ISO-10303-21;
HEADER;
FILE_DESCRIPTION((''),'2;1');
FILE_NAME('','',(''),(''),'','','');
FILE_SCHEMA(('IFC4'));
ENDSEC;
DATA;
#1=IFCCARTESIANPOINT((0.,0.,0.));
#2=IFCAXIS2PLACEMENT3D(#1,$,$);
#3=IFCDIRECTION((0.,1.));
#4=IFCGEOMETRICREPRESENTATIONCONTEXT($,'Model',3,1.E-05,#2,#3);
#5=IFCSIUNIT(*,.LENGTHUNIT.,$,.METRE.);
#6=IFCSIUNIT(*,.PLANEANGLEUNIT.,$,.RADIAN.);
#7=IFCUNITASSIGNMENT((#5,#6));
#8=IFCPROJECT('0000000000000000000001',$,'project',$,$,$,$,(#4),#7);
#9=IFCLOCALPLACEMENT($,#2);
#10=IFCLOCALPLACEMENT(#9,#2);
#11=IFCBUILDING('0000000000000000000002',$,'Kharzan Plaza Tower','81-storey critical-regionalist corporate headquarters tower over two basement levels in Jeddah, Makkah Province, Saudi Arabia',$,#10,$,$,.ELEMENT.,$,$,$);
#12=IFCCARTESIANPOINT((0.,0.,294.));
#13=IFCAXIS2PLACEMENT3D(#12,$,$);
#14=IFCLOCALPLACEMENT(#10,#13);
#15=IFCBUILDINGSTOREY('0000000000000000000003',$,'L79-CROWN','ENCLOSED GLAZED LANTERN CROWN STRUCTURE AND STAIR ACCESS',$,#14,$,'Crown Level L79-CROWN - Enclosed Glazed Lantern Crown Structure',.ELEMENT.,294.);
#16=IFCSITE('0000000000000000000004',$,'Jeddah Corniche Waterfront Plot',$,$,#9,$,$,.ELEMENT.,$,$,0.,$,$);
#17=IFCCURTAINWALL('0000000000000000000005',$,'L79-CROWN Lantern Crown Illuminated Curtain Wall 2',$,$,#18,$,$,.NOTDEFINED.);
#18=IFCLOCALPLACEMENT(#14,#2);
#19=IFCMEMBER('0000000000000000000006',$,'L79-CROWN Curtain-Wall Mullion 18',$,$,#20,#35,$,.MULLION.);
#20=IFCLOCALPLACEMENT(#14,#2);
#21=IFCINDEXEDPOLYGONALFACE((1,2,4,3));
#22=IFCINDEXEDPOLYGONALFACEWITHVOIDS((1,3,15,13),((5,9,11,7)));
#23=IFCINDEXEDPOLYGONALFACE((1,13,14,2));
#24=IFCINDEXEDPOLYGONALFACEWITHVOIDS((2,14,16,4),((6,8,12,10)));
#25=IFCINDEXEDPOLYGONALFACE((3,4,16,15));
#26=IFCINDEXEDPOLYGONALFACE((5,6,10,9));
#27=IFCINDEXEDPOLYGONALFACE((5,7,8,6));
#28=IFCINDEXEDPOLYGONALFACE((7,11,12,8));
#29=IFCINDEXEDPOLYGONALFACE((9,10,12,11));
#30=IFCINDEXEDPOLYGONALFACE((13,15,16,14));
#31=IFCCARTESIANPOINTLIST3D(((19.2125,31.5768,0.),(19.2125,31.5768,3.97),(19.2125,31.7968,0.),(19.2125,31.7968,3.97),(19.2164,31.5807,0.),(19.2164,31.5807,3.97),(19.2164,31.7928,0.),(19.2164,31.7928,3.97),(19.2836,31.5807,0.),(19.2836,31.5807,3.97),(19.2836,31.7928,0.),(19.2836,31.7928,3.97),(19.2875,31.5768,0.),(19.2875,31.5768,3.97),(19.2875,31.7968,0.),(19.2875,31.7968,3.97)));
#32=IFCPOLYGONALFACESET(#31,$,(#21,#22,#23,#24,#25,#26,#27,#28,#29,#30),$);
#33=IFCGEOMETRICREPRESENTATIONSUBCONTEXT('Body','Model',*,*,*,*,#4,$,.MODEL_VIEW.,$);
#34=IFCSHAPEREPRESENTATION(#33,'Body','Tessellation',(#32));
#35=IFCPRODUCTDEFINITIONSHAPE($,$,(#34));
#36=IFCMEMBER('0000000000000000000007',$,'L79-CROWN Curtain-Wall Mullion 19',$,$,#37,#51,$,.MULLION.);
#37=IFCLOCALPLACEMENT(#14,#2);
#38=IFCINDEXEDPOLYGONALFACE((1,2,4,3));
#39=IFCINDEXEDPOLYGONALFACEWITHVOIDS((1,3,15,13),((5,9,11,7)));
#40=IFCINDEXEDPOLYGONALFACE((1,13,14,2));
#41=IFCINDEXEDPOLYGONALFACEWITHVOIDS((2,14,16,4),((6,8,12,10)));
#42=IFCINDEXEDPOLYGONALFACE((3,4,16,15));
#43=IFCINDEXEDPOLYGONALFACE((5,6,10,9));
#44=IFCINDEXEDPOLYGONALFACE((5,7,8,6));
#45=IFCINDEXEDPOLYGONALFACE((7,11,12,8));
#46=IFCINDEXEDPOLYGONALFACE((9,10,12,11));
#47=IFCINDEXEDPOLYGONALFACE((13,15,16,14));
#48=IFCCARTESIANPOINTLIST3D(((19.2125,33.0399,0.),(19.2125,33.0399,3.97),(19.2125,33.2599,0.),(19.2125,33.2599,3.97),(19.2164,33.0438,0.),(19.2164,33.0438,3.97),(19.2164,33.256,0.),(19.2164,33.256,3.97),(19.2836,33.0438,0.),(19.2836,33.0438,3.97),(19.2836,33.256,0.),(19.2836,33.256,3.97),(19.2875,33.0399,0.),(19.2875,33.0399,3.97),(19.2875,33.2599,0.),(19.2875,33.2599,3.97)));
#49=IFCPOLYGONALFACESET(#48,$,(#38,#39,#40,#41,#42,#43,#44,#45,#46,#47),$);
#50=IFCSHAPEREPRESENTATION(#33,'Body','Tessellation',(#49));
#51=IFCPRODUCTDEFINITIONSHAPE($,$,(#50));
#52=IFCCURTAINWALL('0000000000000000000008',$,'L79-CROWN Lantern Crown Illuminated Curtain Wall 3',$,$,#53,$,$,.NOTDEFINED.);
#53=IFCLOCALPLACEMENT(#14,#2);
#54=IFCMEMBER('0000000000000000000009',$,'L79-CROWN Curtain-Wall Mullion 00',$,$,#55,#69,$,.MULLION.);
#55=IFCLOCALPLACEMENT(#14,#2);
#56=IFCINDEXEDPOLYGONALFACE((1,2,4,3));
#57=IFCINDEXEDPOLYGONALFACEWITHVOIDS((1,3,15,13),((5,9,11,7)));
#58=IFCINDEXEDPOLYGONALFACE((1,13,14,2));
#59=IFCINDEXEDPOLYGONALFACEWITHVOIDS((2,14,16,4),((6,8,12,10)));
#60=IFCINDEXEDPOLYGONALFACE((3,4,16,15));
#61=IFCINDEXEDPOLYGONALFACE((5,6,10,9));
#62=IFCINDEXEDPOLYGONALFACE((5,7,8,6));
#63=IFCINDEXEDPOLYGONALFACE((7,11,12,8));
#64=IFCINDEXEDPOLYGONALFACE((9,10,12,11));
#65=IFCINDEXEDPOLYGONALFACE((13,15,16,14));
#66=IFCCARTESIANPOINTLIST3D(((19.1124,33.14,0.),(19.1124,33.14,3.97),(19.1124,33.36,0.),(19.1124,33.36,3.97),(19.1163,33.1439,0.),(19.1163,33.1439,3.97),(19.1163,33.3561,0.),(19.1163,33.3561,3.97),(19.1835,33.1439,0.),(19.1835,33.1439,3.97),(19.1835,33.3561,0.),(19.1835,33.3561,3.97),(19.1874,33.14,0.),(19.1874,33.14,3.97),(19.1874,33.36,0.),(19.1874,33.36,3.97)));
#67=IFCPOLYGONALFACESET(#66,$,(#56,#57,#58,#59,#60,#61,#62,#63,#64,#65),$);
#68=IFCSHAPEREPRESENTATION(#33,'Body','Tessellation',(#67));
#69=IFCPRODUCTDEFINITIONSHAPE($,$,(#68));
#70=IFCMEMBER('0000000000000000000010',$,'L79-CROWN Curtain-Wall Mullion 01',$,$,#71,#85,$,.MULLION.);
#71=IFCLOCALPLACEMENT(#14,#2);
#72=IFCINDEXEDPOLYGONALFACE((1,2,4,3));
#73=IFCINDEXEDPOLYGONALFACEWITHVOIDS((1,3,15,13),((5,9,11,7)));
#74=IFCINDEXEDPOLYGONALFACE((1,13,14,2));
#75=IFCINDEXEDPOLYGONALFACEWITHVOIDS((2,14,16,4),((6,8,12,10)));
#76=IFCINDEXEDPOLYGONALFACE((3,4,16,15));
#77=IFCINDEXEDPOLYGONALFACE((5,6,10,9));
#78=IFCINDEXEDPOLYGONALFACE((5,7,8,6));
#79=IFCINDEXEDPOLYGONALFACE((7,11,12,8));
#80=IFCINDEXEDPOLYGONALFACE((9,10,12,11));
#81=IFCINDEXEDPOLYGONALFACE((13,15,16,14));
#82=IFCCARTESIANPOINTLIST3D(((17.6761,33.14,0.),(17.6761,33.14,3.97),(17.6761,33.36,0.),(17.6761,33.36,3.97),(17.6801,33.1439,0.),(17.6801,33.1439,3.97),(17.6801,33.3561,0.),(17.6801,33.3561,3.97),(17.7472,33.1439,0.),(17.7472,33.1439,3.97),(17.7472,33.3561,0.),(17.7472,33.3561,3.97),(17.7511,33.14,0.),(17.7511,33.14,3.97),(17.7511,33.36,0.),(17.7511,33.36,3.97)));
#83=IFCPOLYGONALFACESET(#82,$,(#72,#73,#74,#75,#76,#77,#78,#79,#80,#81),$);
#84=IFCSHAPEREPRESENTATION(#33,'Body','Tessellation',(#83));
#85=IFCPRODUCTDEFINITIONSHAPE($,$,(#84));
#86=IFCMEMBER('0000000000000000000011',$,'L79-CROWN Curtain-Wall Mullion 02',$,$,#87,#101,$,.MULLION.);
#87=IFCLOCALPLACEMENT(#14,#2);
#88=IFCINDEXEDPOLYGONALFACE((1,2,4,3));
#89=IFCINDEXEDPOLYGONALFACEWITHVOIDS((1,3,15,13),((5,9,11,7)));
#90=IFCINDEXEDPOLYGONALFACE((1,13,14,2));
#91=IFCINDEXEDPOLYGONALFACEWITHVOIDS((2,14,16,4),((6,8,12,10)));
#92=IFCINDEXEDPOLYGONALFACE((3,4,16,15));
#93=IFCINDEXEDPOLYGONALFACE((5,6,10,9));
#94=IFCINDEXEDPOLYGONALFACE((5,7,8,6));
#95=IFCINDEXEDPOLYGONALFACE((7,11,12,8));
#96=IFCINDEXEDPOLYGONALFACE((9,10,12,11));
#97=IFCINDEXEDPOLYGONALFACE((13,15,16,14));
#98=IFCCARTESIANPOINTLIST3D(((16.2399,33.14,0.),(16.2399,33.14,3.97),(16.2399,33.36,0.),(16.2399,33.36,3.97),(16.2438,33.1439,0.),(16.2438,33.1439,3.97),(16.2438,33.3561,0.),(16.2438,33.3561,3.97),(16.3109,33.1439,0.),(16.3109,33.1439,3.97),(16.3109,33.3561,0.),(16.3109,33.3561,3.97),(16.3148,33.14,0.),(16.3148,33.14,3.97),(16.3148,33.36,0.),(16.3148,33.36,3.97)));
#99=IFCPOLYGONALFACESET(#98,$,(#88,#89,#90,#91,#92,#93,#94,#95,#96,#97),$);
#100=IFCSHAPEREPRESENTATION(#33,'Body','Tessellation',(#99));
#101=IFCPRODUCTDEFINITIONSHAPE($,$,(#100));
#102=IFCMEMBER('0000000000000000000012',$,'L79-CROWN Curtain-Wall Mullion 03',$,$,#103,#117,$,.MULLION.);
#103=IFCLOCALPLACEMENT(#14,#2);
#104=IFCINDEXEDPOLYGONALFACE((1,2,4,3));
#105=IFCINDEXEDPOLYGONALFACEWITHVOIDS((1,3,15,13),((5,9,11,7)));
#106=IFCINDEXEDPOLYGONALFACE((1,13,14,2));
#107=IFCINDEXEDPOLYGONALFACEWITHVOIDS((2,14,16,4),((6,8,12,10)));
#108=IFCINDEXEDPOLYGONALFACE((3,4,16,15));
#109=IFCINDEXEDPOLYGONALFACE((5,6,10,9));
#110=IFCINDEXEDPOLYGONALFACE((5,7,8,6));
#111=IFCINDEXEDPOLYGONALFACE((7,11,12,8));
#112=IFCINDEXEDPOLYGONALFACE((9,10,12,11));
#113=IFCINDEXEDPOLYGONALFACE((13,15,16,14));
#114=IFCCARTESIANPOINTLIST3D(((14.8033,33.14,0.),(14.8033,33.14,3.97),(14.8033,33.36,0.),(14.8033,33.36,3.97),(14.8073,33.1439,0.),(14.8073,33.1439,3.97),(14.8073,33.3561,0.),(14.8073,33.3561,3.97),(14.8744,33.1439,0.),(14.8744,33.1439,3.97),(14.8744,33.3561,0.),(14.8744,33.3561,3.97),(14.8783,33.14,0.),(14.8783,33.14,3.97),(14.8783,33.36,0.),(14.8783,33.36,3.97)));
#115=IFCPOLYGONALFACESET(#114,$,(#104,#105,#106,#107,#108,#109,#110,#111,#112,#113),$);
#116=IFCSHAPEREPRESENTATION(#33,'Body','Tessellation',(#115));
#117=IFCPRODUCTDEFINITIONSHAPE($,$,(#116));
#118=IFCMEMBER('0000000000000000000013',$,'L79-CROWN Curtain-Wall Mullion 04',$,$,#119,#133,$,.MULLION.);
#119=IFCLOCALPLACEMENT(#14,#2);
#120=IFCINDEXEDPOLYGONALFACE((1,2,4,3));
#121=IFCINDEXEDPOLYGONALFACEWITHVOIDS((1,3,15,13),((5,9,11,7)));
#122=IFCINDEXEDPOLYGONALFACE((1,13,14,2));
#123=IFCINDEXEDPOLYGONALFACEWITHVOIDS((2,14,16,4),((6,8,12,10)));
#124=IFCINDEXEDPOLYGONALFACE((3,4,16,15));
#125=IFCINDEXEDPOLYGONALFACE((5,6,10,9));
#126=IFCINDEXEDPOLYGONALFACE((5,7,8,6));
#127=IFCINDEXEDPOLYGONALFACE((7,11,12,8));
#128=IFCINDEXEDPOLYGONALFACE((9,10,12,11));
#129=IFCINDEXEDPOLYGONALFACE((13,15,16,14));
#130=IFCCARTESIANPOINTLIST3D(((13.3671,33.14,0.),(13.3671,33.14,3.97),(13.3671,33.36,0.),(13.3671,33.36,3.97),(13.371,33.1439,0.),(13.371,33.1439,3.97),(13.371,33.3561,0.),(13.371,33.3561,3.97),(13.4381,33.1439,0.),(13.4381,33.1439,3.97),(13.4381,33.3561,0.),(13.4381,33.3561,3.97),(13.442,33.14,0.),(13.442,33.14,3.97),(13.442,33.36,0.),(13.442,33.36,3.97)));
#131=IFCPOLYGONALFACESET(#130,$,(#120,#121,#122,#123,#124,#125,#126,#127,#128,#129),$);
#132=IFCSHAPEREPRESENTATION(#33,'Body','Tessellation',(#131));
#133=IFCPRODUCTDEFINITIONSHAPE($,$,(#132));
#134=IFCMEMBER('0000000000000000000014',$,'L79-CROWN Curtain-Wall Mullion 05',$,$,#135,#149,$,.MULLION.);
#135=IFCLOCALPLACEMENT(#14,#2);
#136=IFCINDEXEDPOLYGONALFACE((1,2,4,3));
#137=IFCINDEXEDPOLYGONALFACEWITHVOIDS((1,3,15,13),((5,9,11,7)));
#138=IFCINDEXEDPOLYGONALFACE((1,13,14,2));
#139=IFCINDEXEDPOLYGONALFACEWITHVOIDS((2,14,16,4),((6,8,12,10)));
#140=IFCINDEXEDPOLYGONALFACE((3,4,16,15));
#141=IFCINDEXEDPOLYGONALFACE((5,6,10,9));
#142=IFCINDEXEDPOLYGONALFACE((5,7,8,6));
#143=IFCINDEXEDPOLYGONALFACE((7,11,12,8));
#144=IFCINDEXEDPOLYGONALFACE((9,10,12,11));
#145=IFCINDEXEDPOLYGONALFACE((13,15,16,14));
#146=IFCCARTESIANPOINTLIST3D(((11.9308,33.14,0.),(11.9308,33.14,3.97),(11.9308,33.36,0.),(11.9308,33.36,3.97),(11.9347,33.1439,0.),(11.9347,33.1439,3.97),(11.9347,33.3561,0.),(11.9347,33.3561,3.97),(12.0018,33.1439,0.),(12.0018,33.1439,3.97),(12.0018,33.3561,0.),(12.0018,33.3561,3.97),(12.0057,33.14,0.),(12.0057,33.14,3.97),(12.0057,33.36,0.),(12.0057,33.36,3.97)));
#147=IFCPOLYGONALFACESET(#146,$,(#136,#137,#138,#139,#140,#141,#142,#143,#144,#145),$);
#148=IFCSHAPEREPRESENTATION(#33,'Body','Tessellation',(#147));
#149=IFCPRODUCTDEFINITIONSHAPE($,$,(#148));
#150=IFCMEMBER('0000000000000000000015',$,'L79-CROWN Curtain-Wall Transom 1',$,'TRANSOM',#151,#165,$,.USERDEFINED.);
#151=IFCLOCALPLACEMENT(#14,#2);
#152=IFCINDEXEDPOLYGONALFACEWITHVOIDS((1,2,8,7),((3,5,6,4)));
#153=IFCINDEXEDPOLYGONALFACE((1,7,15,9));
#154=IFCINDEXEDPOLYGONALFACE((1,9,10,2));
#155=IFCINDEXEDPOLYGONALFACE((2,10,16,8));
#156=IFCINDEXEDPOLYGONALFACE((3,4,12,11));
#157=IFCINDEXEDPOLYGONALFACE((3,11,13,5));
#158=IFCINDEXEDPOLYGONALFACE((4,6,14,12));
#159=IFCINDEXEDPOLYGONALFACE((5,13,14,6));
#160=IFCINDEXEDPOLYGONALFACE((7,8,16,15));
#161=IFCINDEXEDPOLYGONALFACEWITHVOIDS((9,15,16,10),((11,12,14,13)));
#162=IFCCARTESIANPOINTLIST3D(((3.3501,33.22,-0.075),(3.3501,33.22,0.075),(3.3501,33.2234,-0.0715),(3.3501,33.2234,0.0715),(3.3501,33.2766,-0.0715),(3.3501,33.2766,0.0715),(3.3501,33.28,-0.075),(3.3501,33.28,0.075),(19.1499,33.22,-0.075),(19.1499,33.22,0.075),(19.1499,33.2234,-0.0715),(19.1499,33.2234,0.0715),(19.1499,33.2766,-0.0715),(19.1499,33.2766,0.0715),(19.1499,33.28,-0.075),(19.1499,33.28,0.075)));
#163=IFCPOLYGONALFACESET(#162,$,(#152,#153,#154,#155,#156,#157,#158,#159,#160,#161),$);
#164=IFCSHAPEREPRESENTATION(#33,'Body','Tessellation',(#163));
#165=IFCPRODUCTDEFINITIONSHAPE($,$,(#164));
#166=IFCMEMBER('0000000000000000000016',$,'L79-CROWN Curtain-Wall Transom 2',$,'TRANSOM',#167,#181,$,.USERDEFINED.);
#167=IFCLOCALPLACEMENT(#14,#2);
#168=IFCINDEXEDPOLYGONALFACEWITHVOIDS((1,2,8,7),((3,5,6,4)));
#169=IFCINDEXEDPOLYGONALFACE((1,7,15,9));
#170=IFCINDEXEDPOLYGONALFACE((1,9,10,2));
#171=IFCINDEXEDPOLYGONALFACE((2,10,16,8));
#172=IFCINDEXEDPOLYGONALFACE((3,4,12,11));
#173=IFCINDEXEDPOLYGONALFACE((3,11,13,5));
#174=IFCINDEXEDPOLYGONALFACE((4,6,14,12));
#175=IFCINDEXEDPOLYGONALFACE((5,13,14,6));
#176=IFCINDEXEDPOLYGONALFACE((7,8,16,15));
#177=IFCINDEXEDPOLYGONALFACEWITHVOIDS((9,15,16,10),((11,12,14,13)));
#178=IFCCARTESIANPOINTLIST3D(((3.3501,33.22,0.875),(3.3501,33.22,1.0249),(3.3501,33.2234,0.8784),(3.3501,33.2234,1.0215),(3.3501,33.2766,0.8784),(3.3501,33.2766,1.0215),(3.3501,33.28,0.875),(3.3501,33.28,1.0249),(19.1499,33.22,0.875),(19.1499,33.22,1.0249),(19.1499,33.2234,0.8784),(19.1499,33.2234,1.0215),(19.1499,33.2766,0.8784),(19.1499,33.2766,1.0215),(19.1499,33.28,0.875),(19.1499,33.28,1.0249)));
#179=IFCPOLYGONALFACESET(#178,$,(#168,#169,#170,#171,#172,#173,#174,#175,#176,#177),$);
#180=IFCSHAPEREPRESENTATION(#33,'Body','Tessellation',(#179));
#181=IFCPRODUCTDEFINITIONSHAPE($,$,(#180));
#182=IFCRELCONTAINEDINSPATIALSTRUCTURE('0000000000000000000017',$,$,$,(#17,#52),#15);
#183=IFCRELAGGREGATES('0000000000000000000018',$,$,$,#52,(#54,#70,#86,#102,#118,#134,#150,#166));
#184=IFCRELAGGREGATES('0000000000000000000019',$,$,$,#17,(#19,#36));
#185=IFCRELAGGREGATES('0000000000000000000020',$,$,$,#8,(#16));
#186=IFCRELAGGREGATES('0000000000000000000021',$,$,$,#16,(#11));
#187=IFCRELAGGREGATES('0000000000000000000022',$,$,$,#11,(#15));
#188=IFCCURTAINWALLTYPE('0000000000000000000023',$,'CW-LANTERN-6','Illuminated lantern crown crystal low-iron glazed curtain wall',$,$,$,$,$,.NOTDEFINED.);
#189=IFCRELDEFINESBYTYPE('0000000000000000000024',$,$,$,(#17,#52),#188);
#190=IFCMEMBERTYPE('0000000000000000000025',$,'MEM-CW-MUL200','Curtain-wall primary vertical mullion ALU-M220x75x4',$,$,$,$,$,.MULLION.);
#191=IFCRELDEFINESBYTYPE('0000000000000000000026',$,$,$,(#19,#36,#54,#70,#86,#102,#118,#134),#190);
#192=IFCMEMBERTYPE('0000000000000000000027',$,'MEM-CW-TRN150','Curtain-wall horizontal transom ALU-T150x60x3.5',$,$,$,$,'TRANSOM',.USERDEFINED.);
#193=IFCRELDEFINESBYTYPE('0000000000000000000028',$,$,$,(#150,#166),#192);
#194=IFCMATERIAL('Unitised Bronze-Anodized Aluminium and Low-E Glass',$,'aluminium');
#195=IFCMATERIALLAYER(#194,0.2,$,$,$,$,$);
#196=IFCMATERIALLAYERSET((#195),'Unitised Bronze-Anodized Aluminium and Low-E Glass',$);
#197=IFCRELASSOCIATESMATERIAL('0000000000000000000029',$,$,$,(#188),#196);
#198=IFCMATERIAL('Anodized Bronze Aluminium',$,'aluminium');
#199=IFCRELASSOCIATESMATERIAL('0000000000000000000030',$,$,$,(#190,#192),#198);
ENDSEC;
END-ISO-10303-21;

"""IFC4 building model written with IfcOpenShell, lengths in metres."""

from ifc_helpers import new_model, si_unit, direction, frame, origin, origin_2d, place, context, subcontext, project, spatial, hollow_rectangle, extrude, source, transform, mapped, material, layer, layer_set, material_profile, profile_set, type_object, element, aggregate, save


model = new_model("IFC4")

# Units and contexts
model_context = context("Model", 3, precision=1e-05, world=origin(), true_north=direction((0.0, 1.0)))
body_context = subcontext(model_context, "Body", "Model", "MODEL_VIEW")
ifc_project = project(units=[si_unit("LENGTHUNIT", "METRE"), si_unit("PLANEANGLEUNIT", "RADIAN")], contexts=[model_context])

# Site, building, storey
site_placement = place(None, origin())
site = spatial("IfcSite", under=ifc_project, at=site_placement, Name="Jeddah Corniche Waterfront Plot", CompositionType="ELEMENT", RefElevation=0.0)
building_placement = place(site_placement, origin())
building = spatial("IfcBuilding", under=site, at=building_placement, Name="Kharzan Plaza Tower", Description="81-storey critical-regionalist corporate headquarters tower over two basement levels in Jeddah, Makkah Province, Saudi Arabia", CompositionType="ELEMENT")
storey_placement = place(building_placement, frame((0.0, 0.0, 294.0)))
storey = spatial("IfcBuildingStorey", under=building, at=storey_placement, Name="L79-CROWN", Description="ENCLOSED GLAZED LANTERN CROWN STRUCTURE AND STAIR ACCESS", LongName="Crown Level L79-CROWN - Enclosed Glazed Lantern Crown Structure", CompositionType="ELEMENT", Elevation=294.0)

# Curtain walls, members
ifc_material_1 = material(Name="Unitised Bronze-Anodized Aluminium and Low-E Glass", Category="aluminium")
ifc_layer_1 = layer(ifc_material_1, 0.2)
ifc_layer_set_1 = layer_set([ifc_layer_1], Name="Unitised Bronze-Anodized Aluminium and Low-E Glass")
curtain_wall_type = type_object("IfcCurtainWallType", Name="CW-LANTERN-6", Description="Illuminated lantern crown crystal low-iron glazed curtain wall", PredefinedType="NOTDEFINED", material=ifc_layer_set_1)
curtain_wall_1_placement = place(storey_placement, origin())
curtain_wall_1 = element("IfcCurtainWall", 1, at=curtain_wall_1_placement, inside=storey, type_object=curtain_wall_type, Name="L79-CROWN Lantern Crown Illuminated Curtain Wall 2", PredefinedType="NOTDEFINED")
ifc_material_2 = material(Name="Anodized Bronze Aluminium", Category="aluminium")
ifc_material_profile_1 = material_profile(ifc_material_2, hollow_rectangle(XDim=0.075, YDim=0.22, WallThickness=0.0039, at=origin_2d()), Name="ALU-M220x75x4")
ifc_profile_set_1 = profile_set([ifc_material_profile_1], Name="Anodized Bronze Aluminium")
member_type_1 = type_object("IfcMemberType", Name="MEM-CW-MUL200", Description="Curtain-wall primary vertical mullion ALU-M220x75x4", PredefinedType="MULLION", material=ifc_profile_set_1)
shared_shape_1 = source(origin(), body_context, "Body", "SweptSolid", [
    extrude(hollow_rectangle(XDim=0.075, YDim=0.22, WallThickness=0.0039, at=origin_2d()), origin(), (0.0, 0.0, 1.0), 3.97),
])
member_1_placement = place(storey_placement, frame((19.25, 31.6868, 0.0), z_axis=(0.0, 0.0, 1.0), x_axis=(1.0, 0.0, 0.0)))
member_1 = element("IfcMember", 2, at=member_1_placement, type_object=member_type_1, Name="L79-CROWN Curtain-Wall Mullion 18", PredefinedType="MULLION", context=body_context, shape_type="MappedRepresentation", body=[
    mapped(shared_shape_1, transform((0.0, 0.0, 0.0), x_axis=(1.0, 0.0, 0.0), y_axis=(0.0, 1.0, 0.0), z_axis=(0.0, 0.0, 1.0))),
])
member_2_placement = place(storey_placement, frame((19.25, 33.1499, 0.0), z_axis=(0.0, 0.0, 1.0), x_axis=(1.0, 0.0, 0.0)))
member_2 = element("IfcMember", 3, at=member_2_placement, type_object=member_type_1, Name="L79-CROWN Curtain-Wall Mullion 19", PredefinedType="MULLION", context=body_context, shape_type="MappedRepresentation", body=[
    mapped(shared_shape_1, transform((0.0, 0.0, 0.0), x_axis=(1.0, 0.0, 0.0), y_axis=(0.0, 1.0, 0.0), z_axis=(0.0, 0.0, 1.0))),
])
curtain_wall_2_placement = place(storey_placement, origin())
curtain_wall_2 = element("IfcCurtainWall", 4, at=curtain_wall_2_placement, inside=storey, type_object=curtain_wall_type, Name="L79-CROWN Lantern Crown Illuminated Curtain Wall 3", PredefinedType="NOTDEFINED")
member_3_placement = place(storey_placement, frame((19.1499, 33.25, 0.0), z_axis=(0.0, 0.0, 1.0), x_axis=(1.0, 0.0, 0.0)))
member_3 = element("IfcMember", 5, at=member_3_placement, type_object=member_type_1, Name="L79-CROWN Curtain-Wall Mullion 00", PredefinedType="MULLION", context=body_context, shape_type="MappedRepresentation", body=[
    mapped(shared_shape_1, transform((0.0, 0.0, 0.0), x_axis=(1.0, 0.0, 0.0), y_axis=(0.0, 1.0, 0.0), z_axis=(0.0, 0.0, 1.0))),
])
member_4_placement = place(storey_placement, frame((17.7136, 33.25, 0.0), z_axis=(0.0, 0.0, 1.0), x_axis=(1.0, 0.0, 0.0)))
member_4 = element("IfcMember", 6, at=member_4_placement, type_object=member_type_1, Name="L79-CROWN Curtain-Wall Mullion 01", PredefinedType="MULLION", context=body_context, shape_type="MappedRepresentation", body=[
    mapped(shared_shape_1, transform((0.0, 0.0, 0.0), x_axis=(1.0, 0.0, 0.0), y_axis=(0.0, 1.0, 0.0), z_axis=(0.0, 0.0, 1.0))),
])
member_5_placement = place(storey_placement, frame((16.2773, 33.25, 0.0), z_axis=(0.0, 0.0, 1.0), x_axis=(1.0, 0.0, 0.0)))
member_5 = element("IfcMember", 7, at=member_5_placement, type_object=member_type_1, Name="L79-CROWN Curtain-Wall Mullion 02", PredefinedType="MULLION", context=body_context, shape_type="MappedRepresentation", body=[
    mapped(shared_shape_1, transform((0.0, 0.0, 0.0), x_axis=(1.0, 0.0, 0.0), y_axis=(0.0, 1.0, 0.0), z_axis=(0.0, 0.0, 1.0))),
])
member_6_placement = place(storey_placement, frame((14.8408, 33.25, 0.0), z_axis=(0.0, 0.0, 1.0), x_axis=(1.0, 0.0, 0.0)))
member_6 = element("IfcMember", 8, at=member_6_placement, type_object=member_type_1, Name="L79-CROWN Curtain-Wall Mullion 03", PredefinedType="MULLION", context=body_context, shape_type="MappedRepresentation", body=[
    mapped(shared_shape_1, transform((0.0, 0.0, 0.0), x_axis=(1.0, 0.0, 0.0), y_axis=(0.0, 1.0, 0.0), z_axis=(0.0, 0.0, 1.0))),
])
member_7_placement = place(storey_placement, frame((13.4045, 33.25, 0.0), z_axis=(0.0, 0.0, 1.0), x_axis=(1.0, 0.0, 0.0)))
member_7 = element("IfcMember", 9, at=member_7_placement, type_object=member_type_1, Name="L79-CROWN Curtain-Wall Mullion 04", PredefinedType="MULLION", context=body_context, shape_type="MappedRepresentation", body=[
    mapped(shared_shape_1, transform((0.0, 0.0, 0.0), x_axis=(1.0, 0.0, 0.0), y_axis=(0.0, 1.0, 0.0), z_axis=(0.0, 0.0, 1.0))),
])
member_8_placement = place(storey_placement, frame((11.9683, 33.25, 0.0), z_axis=(0.0, 0.0, 1.0), x_axis=(1.0, 0.0, 0.0)))
member_8 = element("IfcMember", 10, at=member_8_placement, type_object=member_type_1, Name="L79-CROWN Curtain-Wall Mullion 05", PredefinedType="MULLION", context=body_context, shape_type="MappedRepresentation", body=[
    mapped(shared_shape_1, transform((0.0, 0.0, 0.0), x_axis=(1.0, 0.0, 0.0), y_axis=(0.0, 1.0, 0.0), z_axis=(0.0, 0.0, 1.0))),
])
ifc_material_profile_2 = material_profile(ifc_material_2, hollow_rectangle(XDim=0.0601, YDim=0.1499, WallThickness=0.0034, at=origin_2d()), Name="ALU-T150x60x3.5")
ifc_profile_set_2 = profile_set([ifc_material_profile_2], Name="Anodized Bronze Aluminium")
member_type_2 = type_object("IfcMemberType", Name="MEM-CW-TRN150", Description="Curtain-wall horizontal transom ALU-T150x60x3.5", ElementType="TRANSOM", PredefinedType="USERDEFINED", material=ifc_profile_set_2)
shared_shape_2 = source(origin(), body_context, "Body", "SweptSolid", [
    extrude(hollow_rectangle(XDim=0.0601, YDim=0.1499, WallThickness=0.0034, at=origin_2d()), origin(), (0.0, 0.0, 1.0), 15.7998),
])
member_9_placement = place(storey_placement, frame((19.1499, 33.25, 0.0), z_axis=(-1.0, 0.0, 0.0), x_axis=(0.0, -1.0, 0.0)))
member_9 = element("IfcMember", 11, at=member_9_placement, type_object=member_type_2, Name="L79-CROWN Curtain-Wall Transom 1", ObjectType="TRANSOM", PredefinedType="USERDEFINED", context=body_context, shape_type="MappedRepresentation", body=[
    mapped(shared_shape_2, transform((0.0, 0.0, 0.0), x_axis=(1.0, 0.0, 0.0), y_axis=(0.0, 1.0, 0.0), z_axis=(0.0, 0.0, 1.0))),
])
member_10_placement = place(storey_placement, frame((19.1499, 33.25, 0.95), z_axis=(-1.0, 0.0, 0.0), x_axis=(0.0, -1.0, 0.0)))
member_10 = element("IfcMember", 12, at=member_10_placement, type_object=member_type_2, Name="L79-CROWN Curtain-Wall Transom 2", ObjectType="TRANSOM", PredefinedType="USERDEFINED", context=body_context, shape_type="MappedRepresentation", body=[
    mapped(shared_shape_2, transform((0.0, 0.0, 0.0), x_axis=(1.0, 0.0, 0.0), y_axis=(0.0, 1.0, 0.0), z_axis=(0.0, 0.0, 1.0))),
])

aggregate(curtain_wall_2, [member_3, member_4, member_5, member_6, member_7, member_8, member_9, member_10])
aggregate(curtain_wall_1, [member_1, member_2])

save(model, "model.ifc")
